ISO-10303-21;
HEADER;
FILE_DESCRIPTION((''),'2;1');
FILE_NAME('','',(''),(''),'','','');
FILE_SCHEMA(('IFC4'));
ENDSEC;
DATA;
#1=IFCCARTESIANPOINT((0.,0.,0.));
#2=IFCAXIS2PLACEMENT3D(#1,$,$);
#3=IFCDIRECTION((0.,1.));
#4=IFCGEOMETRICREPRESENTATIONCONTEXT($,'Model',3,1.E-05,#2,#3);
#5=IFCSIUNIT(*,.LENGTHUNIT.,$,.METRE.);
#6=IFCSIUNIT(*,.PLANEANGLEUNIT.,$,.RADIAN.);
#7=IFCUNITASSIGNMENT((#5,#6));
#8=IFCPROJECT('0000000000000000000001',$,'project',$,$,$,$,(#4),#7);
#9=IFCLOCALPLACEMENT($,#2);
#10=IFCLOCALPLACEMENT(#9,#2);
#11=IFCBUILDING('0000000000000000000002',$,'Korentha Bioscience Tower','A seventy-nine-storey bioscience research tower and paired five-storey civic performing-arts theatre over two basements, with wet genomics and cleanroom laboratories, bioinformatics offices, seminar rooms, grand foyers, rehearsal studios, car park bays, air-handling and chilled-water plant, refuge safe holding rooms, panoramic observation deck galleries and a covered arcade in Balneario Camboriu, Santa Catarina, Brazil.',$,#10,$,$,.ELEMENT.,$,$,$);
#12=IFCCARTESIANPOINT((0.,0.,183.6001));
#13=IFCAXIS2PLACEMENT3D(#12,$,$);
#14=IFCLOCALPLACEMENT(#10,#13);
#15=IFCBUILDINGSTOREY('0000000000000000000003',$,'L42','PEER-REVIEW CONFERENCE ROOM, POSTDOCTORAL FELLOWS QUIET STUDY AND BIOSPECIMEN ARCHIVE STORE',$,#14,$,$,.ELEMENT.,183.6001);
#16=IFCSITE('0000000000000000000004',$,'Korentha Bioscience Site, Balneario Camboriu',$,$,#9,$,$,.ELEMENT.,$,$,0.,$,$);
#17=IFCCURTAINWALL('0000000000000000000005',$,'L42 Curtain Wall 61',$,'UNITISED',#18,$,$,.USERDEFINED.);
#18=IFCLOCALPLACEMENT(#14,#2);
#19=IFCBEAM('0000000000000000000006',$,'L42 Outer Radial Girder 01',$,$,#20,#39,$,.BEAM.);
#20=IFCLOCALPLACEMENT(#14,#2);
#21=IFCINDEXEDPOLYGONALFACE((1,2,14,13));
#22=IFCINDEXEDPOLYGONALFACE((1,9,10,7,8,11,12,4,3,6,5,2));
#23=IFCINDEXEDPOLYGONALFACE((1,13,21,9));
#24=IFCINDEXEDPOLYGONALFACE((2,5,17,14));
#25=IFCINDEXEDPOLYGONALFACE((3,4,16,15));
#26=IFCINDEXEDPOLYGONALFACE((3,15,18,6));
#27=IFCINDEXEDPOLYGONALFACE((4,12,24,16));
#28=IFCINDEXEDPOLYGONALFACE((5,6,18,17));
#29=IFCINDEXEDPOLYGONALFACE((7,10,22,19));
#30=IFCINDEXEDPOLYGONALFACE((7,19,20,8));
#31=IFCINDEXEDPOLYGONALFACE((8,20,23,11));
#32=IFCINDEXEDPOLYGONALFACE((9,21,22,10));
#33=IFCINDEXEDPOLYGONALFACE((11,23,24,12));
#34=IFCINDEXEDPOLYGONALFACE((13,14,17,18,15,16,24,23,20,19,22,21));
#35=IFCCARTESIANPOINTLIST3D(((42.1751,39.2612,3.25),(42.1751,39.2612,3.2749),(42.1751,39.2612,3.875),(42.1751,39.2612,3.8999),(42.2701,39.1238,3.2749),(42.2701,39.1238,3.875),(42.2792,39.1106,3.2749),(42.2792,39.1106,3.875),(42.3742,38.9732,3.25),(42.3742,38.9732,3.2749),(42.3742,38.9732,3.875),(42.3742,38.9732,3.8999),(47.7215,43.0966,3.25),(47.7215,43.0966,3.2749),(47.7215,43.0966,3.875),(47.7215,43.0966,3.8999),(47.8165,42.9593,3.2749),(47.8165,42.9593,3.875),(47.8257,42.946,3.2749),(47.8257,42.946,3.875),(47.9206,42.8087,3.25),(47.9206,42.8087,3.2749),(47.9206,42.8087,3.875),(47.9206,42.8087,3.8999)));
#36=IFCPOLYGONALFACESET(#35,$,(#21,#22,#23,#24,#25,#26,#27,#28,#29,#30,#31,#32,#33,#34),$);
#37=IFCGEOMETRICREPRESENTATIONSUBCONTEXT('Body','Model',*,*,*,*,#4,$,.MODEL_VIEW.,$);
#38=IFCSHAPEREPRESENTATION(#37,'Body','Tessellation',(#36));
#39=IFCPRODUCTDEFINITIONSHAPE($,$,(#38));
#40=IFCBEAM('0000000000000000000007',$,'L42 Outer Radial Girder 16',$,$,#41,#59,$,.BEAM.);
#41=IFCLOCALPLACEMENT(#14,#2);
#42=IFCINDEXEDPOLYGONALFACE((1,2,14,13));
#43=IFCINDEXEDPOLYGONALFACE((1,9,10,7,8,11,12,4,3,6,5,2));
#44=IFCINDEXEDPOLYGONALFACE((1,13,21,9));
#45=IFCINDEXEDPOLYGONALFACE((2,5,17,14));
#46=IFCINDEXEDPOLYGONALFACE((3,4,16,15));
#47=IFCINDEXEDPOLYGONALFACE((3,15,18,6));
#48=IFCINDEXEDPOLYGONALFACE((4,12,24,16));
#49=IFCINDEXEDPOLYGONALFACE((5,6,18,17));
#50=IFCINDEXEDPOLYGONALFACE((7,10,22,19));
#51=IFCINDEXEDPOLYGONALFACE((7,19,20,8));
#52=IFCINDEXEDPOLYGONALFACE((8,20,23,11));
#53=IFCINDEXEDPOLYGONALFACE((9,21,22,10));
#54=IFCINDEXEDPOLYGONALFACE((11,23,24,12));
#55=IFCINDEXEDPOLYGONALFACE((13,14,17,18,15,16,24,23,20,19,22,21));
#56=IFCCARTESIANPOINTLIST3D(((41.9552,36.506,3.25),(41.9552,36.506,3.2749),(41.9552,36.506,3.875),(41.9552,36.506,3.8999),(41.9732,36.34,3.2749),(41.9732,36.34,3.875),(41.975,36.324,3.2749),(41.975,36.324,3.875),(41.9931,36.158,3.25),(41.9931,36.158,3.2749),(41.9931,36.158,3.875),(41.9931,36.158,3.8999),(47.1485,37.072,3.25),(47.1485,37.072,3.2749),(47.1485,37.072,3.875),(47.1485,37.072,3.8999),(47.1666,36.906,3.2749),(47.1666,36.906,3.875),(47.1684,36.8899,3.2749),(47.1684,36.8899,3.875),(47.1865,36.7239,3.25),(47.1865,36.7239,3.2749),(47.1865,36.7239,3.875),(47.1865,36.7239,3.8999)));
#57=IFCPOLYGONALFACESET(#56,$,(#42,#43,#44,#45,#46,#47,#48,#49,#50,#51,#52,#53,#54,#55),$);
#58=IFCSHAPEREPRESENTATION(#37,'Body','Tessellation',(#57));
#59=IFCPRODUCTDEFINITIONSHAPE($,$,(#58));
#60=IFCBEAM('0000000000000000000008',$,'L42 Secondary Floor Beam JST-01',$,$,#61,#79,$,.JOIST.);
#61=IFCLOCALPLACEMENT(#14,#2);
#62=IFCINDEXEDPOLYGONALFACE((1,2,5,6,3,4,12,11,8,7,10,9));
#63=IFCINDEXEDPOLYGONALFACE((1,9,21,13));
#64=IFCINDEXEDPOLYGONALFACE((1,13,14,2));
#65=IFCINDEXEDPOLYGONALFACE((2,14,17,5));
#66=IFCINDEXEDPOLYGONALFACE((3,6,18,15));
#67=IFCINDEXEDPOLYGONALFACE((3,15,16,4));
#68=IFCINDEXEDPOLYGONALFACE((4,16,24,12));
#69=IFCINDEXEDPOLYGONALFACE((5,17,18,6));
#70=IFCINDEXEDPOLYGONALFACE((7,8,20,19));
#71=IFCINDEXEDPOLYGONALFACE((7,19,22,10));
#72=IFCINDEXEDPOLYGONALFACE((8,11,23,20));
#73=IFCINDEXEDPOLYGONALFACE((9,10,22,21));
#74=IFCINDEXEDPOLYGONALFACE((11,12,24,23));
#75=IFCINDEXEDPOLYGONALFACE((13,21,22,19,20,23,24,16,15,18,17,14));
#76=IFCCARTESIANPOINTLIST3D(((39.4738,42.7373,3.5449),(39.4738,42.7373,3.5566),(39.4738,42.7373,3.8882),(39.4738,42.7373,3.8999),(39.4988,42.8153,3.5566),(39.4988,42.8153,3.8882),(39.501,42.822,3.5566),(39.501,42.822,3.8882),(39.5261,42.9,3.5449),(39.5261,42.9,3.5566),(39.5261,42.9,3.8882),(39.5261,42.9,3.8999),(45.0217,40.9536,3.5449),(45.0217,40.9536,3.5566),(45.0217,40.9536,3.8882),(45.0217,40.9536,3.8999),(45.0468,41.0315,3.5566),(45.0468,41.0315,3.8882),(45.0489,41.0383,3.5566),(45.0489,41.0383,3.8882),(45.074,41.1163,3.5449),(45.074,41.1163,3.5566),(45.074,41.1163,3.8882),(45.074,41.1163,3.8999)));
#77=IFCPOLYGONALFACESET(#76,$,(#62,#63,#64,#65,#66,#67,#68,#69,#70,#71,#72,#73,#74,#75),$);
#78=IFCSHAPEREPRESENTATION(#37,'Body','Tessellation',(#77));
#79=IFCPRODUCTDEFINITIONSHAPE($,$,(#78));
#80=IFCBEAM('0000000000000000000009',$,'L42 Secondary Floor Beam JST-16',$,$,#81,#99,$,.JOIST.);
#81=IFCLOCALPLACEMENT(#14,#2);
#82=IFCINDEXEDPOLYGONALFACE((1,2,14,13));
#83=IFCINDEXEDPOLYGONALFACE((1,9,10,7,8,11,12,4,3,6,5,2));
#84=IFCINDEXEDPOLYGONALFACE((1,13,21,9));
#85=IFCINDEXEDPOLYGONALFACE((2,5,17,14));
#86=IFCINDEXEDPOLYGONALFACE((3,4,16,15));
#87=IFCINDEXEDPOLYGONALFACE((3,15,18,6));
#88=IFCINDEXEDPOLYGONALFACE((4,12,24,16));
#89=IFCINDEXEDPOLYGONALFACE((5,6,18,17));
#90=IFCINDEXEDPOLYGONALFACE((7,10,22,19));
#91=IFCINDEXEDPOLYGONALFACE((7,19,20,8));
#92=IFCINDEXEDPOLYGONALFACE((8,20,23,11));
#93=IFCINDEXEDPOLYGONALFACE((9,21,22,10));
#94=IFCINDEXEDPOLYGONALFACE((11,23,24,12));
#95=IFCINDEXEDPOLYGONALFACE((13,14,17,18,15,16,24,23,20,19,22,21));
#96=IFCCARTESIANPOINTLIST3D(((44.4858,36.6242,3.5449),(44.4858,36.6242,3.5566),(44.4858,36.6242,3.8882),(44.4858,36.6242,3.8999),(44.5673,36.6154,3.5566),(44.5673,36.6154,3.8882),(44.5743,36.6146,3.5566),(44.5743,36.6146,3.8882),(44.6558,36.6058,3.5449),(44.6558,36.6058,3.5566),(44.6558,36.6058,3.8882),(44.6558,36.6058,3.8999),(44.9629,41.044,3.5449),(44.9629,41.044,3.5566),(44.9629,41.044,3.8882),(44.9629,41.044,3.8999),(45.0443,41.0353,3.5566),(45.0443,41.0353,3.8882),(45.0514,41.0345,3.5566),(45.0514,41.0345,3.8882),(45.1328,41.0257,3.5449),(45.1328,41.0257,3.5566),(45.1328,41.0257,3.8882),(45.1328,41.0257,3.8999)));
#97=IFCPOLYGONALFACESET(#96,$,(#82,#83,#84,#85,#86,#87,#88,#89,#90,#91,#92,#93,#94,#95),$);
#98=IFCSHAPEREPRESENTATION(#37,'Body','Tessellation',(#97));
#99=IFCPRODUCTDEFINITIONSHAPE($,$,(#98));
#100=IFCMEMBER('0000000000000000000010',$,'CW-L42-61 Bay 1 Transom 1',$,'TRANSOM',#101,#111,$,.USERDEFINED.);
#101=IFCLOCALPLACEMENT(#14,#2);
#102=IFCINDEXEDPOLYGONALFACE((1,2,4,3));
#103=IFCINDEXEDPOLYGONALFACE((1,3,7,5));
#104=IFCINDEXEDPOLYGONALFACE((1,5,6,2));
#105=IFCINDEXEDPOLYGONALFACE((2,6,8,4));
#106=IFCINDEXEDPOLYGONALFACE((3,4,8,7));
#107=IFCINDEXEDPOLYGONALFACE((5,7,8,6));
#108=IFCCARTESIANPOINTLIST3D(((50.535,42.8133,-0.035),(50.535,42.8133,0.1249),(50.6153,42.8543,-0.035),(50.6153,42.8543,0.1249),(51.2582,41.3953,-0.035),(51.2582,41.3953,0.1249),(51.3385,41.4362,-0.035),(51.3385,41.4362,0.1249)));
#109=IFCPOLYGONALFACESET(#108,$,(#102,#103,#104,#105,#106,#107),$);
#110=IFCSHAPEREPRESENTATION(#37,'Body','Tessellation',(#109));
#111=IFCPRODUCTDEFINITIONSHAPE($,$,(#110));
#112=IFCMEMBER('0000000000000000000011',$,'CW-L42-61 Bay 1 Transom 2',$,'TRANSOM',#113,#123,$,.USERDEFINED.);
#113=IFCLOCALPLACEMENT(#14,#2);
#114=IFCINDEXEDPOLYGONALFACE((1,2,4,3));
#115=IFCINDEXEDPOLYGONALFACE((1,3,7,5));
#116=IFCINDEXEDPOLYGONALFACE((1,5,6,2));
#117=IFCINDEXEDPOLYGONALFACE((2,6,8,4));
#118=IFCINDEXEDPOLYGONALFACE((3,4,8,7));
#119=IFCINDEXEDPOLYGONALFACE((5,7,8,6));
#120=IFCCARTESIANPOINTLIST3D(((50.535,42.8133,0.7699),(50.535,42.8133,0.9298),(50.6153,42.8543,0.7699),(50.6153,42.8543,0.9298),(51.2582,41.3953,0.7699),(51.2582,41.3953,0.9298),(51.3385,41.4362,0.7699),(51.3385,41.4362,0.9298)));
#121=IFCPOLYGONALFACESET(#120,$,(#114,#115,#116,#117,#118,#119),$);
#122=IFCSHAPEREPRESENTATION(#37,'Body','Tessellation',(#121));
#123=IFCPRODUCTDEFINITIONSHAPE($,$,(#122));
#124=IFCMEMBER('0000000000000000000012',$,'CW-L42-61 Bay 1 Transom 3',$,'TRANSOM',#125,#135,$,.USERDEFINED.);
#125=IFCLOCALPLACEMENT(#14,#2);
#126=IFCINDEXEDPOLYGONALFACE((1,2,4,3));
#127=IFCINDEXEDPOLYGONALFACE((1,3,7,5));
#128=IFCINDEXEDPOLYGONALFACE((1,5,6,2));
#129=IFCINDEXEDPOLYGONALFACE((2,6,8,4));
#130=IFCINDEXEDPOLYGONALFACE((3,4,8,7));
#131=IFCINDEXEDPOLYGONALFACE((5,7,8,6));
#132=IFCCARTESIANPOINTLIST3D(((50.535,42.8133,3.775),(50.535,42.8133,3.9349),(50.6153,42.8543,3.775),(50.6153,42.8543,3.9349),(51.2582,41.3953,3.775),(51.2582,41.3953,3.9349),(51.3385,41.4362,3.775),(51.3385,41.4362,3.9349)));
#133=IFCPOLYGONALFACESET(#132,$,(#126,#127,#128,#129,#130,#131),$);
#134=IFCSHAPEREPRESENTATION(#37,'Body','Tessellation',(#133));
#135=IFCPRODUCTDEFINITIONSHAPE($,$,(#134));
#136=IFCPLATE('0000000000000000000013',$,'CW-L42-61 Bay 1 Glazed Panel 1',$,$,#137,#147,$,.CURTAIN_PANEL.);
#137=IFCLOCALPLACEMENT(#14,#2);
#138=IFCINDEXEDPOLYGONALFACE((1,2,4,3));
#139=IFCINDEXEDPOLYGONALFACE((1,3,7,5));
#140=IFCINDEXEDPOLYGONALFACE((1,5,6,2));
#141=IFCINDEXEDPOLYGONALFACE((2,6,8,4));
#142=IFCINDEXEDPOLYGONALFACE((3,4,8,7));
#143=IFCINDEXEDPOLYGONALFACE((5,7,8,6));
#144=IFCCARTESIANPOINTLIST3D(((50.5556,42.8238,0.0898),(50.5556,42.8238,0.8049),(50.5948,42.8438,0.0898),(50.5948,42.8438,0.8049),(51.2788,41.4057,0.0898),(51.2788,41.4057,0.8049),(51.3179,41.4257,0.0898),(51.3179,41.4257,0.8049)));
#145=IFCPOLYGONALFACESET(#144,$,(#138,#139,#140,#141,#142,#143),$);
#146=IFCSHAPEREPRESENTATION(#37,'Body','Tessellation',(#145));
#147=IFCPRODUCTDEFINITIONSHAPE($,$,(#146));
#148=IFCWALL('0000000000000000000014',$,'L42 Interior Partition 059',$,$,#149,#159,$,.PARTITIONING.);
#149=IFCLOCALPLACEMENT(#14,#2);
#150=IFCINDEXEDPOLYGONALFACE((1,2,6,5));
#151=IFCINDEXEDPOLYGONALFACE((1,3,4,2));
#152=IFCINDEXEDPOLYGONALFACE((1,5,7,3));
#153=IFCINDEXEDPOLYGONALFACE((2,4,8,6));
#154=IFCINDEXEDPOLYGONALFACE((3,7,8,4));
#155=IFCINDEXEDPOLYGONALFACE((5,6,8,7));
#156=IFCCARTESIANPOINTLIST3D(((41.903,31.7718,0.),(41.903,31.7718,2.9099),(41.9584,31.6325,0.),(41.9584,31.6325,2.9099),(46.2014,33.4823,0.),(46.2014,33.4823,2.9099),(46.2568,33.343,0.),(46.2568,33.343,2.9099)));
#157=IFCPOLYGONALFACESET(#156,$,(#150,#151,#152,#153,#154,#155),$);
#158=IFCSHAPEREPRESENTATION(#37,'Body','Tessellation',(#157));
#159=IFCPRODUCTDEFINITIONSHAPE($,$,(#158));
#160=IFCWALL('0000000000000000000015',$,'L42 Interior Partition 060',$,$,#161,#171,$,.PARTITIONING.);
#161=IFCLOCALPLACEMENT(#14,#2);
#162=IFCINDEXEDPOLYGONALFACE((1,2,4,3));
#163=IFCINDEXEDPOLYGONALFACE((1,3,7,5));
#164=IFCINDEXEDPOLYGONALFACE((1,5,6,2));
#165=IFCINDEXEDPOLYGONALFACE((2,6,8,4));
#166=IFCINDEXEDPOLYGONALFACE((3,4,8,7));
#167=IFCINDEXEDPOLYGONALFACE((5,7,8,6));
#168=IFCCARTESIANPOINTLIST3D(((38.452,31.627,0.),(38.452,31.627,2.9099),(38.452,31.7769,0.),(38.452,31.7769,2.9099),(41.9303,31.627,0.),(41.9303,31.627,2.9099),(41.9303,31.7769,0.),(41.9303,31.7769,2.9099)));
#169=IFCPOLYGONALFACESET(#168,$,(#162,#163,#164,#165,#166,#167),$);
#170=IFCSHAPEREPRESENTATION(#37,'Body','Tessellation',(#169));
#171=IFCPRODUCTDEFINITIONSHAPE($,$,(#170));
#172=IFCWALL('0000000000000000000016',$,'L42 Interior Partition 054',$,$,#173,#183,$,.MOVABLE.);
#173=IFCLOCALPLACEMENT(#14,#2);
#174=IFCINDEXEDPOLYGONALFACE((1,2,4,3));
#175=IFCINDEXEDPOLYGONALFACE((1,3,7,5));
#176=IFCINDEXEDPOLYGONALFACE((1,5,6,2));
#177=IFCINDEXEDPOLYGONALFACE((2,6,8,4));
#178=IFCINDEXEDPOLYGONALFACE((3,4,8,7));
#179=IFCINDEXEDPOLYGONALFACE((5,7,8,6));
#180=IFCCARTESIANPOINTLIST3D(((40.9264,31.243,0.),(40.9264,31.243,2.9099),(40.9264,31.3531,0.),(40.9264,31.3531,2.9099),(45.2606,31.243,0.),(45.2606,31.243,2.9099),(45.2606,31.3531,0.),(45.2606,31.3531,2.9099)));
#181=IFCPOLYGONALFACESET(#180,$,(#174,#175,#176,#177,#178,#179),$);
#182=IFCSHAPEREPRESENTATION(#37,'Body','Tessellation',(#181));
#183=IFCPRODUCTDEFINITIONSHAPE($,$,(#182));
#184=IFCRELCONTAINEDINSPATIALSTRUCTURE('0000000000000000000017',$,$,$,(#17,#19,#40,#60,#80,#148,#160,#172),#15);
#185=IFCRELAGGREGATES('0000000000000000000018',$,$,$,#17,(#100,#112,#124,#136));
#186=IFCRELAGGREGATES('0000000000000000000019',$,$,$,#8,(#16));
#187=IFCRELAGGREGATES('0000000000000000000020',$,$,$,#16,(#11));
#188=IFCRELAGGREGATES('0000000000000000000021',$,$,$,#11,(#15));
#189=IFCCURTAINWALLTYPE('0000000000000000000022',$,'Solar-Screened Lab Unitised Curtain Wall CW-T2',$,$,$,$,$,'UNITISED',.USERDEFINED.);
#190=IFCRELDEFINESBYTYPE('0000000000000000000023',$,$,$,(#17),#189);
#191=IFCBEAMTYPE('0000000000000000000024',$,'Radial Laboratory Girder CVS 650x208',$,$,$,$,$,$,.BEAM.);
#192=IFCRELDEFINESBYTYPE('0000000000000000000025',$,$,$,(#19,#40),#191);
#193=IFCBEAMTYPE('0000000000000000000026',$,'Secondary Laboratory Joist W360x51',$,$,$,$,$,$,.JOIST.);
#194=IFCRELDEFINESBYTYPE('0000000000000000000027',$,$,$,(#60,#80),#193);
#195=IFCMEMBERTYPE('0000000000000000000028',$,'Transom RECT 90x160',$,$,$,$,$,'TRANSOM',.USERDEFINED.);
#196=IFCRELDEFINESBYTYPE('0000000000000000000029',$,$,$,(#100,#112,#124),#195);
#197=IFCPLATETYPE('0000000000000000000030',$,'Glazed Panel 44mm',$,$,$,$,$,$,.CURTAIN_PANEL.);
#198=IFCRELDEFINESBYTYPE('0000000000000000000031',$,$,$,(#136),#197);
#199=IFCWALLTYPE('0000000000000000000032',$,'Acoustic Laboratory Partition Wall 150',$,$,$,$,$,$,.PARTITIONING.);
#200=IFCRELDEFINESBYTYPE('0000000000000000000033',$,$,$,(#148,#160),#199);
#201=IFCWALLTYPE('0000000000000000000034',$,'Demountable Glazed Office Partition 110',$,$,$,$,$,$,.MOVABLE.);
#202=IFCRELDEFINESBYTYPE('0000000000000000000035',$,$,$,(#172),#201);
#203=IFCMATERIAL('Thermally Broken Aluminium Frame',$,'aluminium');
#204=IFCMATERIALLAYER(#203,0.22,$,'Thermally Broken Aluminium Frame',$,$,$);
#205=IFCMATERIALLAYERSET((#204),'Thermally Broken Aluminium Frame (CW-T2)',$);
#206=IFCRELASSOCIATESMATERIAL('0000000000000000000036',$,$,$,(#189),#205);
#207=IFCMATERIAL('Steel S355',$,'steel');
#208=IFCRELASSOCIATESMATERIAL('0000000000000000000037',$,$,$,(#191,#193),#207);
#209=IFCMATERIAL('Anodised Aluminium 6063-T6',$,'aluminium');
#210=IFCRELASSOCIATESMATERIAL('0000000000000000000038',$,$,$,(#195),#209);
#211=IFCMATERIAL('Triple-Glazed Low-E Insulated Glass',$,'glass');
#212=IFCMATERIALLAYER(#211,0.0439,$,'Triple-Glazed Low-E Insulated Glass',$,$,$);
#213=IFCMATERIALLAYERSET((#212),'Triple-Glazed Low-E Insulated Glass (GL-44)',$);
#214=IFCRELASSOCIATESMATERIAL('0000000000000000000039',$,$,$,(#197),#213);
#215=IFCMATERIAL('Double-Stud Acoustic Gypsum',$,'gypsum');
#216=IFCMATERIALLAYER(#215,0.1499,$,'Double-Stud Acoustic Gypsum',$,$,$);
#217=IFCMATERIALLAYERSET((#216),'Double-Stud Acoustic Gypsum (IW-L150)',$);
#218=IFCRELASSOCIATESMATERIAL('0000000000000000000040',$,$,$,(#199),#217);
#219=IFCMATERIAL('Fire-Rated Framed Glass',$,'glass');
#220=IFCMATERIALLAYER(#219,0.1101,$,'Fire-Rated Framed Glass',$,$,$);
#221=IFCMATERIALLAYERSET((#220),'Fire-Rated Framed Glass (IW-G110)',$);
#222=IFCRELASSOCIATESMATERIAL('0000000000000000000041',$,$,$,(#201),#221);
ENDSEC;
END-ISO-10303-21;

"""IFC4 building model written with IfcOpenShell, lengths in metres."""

from ifc_helpers import new_model, si_unit, direction, frame, frame_2d, origin, origin_2d, place, context, subcontext, project, spatial, rectangle, i_section, extrude, material, layer, layer_set, material_profile, profile_set, type_object, element, aggregate, save


model = new_model("IFC4")

# Units and contexts
model_context = context("Model", 3, precision=1e-05, world=origin(), true_north=direction((0.0, 1.0)))
body_context = subcontext(model_context, "Body", "Model", "MODEL_VIEW")
ifc_project = project(units=[si_unit("LENGTHUNIT", "METRE"), si_unit("PLANEANGLEUNIT", "RADIAN")], contexts=[model_context])

# Site, building, storey
site_placement = place(None, origin())
site = spatial("IfcSite", under=ifc_project, at=site_placement, Name="Korentha Bioscience Site, Balneario Camboriu", CompositionType="ELEMENT", RefElevation=0.0)
building_placement = place(site_placement, origin())
building = spatial("IfcBuilding", under=site, at=building_placement, Name="Korentha Bioscience Tower", Description="A seventy-nine-storey bioscience research tower and paired five-storey civic performing-arts theatre over two basements, with wet genomics and cleanroom laboratories, bioinformatics offices, seminar rooms, grand foyers, rehearsal studios, car park bays, air-handling and chilled-water plant, refuge safe holding rooms, panoramic observation deck galleries and a covered arcade in Balneario Camboriu, Santa Catarina, Brazil.", CompositionType="ELEMENT")
storey_placement = place(building_placement, frame((0.0, 0.0, 183.6001)))
storey = spatial("IfcBuildingStorey", under=building, at=storey_placement, Name="L42", Description="PEER-REVIEW CONFERENCE ROOM, POSTDOCTORAL FELLOWS QUIET STUDY AND BIOSPECIMEN ARCHIVE STORE", CompositionType="ELEMENT", Elevation=183.6001)

# Shared definitions
ifc_material_1 = material(Name="Steel S355", Category="steel")

# Curtain wall
ifc_material_2 = material(Name="Thermally Broken Aluminium Frame", Category="aluminium")
ifc_layer_1 = layer(ifc_material_2, 0.22, Name="Thermally Broken Aluminium Frame")
ifc_layer_set_1 = layer_set([ifc_layer_1], Name="Thermally Broken Aluminium Frame (CW-T2)")
curtain_wall_type = type_object("IfcCurtainWallType", Name="Solar-Screened Lab Unitised Curtain Wall CW-T2", ElementType="UNITISED", PredefinedType="USERDEFINED", material=ifc_layer_set_1)
curtain_wall_placement = place(storey_placement, origin())
curtain_wall = element("IfcCurtainWall", 1, at=curtain_wall_placement, inside=storey, type_object=curtain_wall_type, Name="L42 Curtain Wall 61", ObjectType="UNITISED", PredefinedType="USERDEFINED")
ifc_material_3 = material(Name="Anodised Aluminium 6063-T6", Category="aluminium")

# Beams
ifc_material_profile_1 = material_profile(ifc_material_1, i_section(OverallWidth=0.3501, OverallDepth=0.6499, WebThickness=0.0161, FlangeThickness=0.0249, at=origin_2d()), Name="Steel S355")
ifc_profile_set_1 = profile_set([ifc_material_profile_1], Name="Steel S355 (RB-650)")
beam_type_1 = type_object("IfcBeamType", Name="Radial Laboratory Girder CVS 650x208", PredefinedType="BEAM", material=ifc_profile_set_1)
beam_1_placement = place(storey_placement, frame((42.2747, 39.1172, 3.575), z_axis=(0.822494, 0.568773, 0.0), x_axis=(-0.568773, 0.822494, 0.0)))
element("IfcBeam", 2, at=beam_1_placement, inside=storey, type_object=beam_type_1, Name="L42 Outer Radial Girder 01", PredefinedType="BEAM", context=body_context, shape_type="SweptSolid", body=[
    extrude(i_section(OverallWidth=0.3501, OverallDepth=0.6499, WebThickness=0.0161, FlangeThickness=0.0249, at=origin_2d()), origin(), (0.0, 0.0, 1.0), 6.7434),
])
beam_2_placement = place(storey_placement, frame((41.9741, 36.332, 3.575), z_axis=(0.994115, 0.108328, 0.0), x_axis=(-0.108328, 0.994115, 0.0)))
element("IfcBeam", 3, at=beam_2_placement, inside=storey, type_object=beam_type_1, Name="L42 Outer Radial Girder 16", PredefinedType="BEAM", context=body_context, shape_type="SweptSolid", body=[
    extrude(i_section(OverallWidth=0.3501, OverallDepth=0.6499, WebThickness=0.0161, FlangeThickness=0.0249, at=origin_2d()), origin(), (0.0, 0.0, 1.0), 5.2241),
])
ifc_material_profile_2 = material_profile(ifc_material_1, i_section(OverallWidth=0.1709, OverallDepth=0.355, WebThickness=0.0071, FlangeThickness=0.0117, at=origin_2d()), Name="Steel S355")
ifc_profile_set_2 = profile_set([ifc_material_profile_2], Name="Steel S355 (JB-360)")
beam_type_2 = type_object("IfcBeamType", Name="Secondary Laboratory Joist W360x51", PredefinedType="JOIST", material=ifc_profile_set_2)
beam_3_placement = place(storey_placement, frame((45.0479, 41.0349, 3.7224), z_axis=(-0.952006, 0.30608, 0.0), x_axis=(-0.30608, -0.952006, 0.0)))
element("IfcBeam", 4, at=beam_3_placement, inside=storey, type_object=beam_type_2, Name="L42 Secondary Floor Beam JST-01", PredefinedType="JOIST", context=body_context, shape_type="SweptSolid", body=[
    extrude(i_section(OverallWidth=0.1709, OverallDepth=0.355, WebThickness=0.0071, FlangeThickness=0.0117, at=origin_2d()), origin(), (0.0, 0.0, 1.0), 5.8276),
])
beam_4_placement = place(storey_placement, frame((44.5708, 36.615, 3.7224), z_axis=(0.107309, 0.994226, 0.0), x_axis=(-0.994226, 0.107309, 0.0)))
element("IfcBeam", 5, at=beam_4_placement, inside=storey, type_object=beam_type_2, Name="L42 Secondary Floor Beam JST-16", PredefinedType="JOIST", context=body_context, shape_type="SweptSolid", body=[
    extrude(i_section(OverallWidth=0.1709, OverallDepth=0.355, WebThickness=0.0071, FlangeThickness=0.0117, at=origin_2d()), origin(), (0.0, 0.0, 1.0), 4.4456),
])

# Members
ifc_material_profile_3 = material_profile(ifc_material_3, rectangle(XDim=0.0901, YDim=0.1599, at=origin_2d()), Name="Anodised Aluminium 6063-T6")
ifc_profile_set_3 = profile_set([ifc_material_profile_3], Name="Anodised Aluminium 6063-T6 (CW-TRN)")
member_type_1 = type_object("IfcMemberType", Name="Transom RECT 90x160", ElementType="TRANSOM", PredefinedType="USERDEFINED", material=ifc_profile_set_3)
member_1_placement = place(storey_placement, frame((51.2983, 41.4158, 0.0449), z_axis=(-0.454316, 0.89084, 0.0), x_axis=(-0.89084, -0.454316, 0.0)))
member_1 = element("IfcMember", 6, at=member_1_placement, type_object=member_type_1, Name="CW-L42-61 Bay 1 Transom 1", ObjectType="TRANSOM", PredefinedType="USERDEFINED", context=body_context, shape_type="SweptSolid", body=[
    extrude(rectangle(XDim=0.0901, YDim=0.1599, at=origin_2d()), origin(), (0.0, 0.0, 1.0), 1.5918),
])
member_2_placement = place(storey_placement, frame((51.2983, 41.4158, 0.8499), z_axis=(-0.454316, 0.89084, 0.0), x_axis=(-0.89084, -0.454316, 0.0)))
member_2 = element("IfcMember", 7, at=member_2_placement, type_object=member_type_1, Name="CW-L42-61 Bay 1 Transom 2", ObjectType="TRANSOM", PredefinedType="USERDEFINED", context=body_context, shape_type="SweptSolid", body=[
    extrude(rectangle(XDim=0.0901, YDim=0.1599, at=origin_2d()), origin(), (0.0, 0.0, 1.0), 1.5918),
])
member_3_placement = place(storey_placement, frame((51.2983, 41.4158, 3.855), z_axis=(-0.454316, 0.89084, 0.0), x_axis=(-0.89084, -0.454316, 0.0)))
member_3 = element("IfcMember", 8, at=member_3_placement, type_object=member_type_1, Name="CW-L42-61 Bay 1 Transom 3", ObjectType="TRANSOM", PredefinedType="USERDEFINED", context=body_context, shape_type="SweptSolid", body=[
    extrude(rectangle(XDim=0.0901, YDim=0.1599, at=origin_2d()), origin(), (0.0, 0.0, 1.0), 1.5918),
])

# Plate
ifc_material_4 = material(Name="Triple-Glazed Low-E Insulated Glass", Category="glass")
ifc_layer_2 = layer(ifc_material_4, 0.0439, Name="Triple-Glazed Low-E Insulated Glass")
ifc_layer_set_2 = layer_set([ifc_layer_2], Name="Triple-Glazed Low-E Insulated Glass (GL-44)")
plate_type = type_object("IfcPlateType", Name="Glazed Panel 44mm", PredefinedType="CURTAIN_PANEL", material=ifc_layer_set_2)
plate_placement = place(storey_placement, frame((50.9368, 42.1248, 0.0898), z_axis=(0.0, 0.0, 1.0), x_axis=(-0.454288, 0.890855, 0.0)))
plate = element("IfcPlate", 9, at=plate_placement, type_object=plate_type, Name="CW-L42-61 Bay 1 Glazed Panel 1", PredefinedType="CURTAIN_PANEL", context=body_context, shape_type="SweptSolid", body=[
    extrude(rectangle(XDim=1.5918, YDim=0.0439, at=origin_2d()), origin(), (0.0, 0.0, 1.0), 0.7151),
])
aggregate(curtain_wall, [member_1, member_2, member_3, plate])

# Walls
ifc_material_5 = material(Name="Double-Stud Acoustic Gypsum", Category="gypsum")
ifc_layer_3 = layer(ifc_material_5, 0.1499, Name="Double-Stud Acoustic Gypsum")
ifc_layer_set_3 = layer_set([ifc_layer_3], Name="Double-Stud Acoustic Gypsum (IW-L150)")
wall_type_1 = type_object("IfcWallType", Name="Acoustic Laboratory Partition Wall 150", PredefinedType="PARTITIONING", material=ifc_layer_set_3)
wall_1_placement = place(storey_placement, frame((46.229, 33.4126, 0.0), z_axis=(0.0, 0.0, 1.0), x_axis=(-0.929138, -0.369734, 0.0)))
element("IfcWall", 10, at=wall_1_placement, inside=storey, type_object=wall_type_1, Name="L42 Interior Partition 059", PredefinedType="PARTITIONING", context=body_context, shape_type="SweptSolid", body=[
    extrude(rectangle(XDim=4.6262, YDim=0.1499, at=frame_2d((2.313, 0.0))), origin(), (0.0, 0.0, 1.0), 2.9099),
])
wall_2_placement = place(storey_placement, frame((41.9304, 31.7019, 0.0), z_axis=(0.0, 0.0, 1.0), x_axis=(-1.0, 0.0, 0.0)))
element("IfcWall", 11, at=wall_2_placement, inside=storey, type_object=wall_type_1, Name="L42 Interior Partition 060", PredefinedType="PARTITIONING", context=body_context, shape_type="SweptSolid", body=[
    extrude(rectangle(XDim=3.4783, YDim=0.1499, at=frame_2d((1.7393, 0.0))), origin(), (0.0, 0.0, 1.0), 2.9099),
])
ifc_material_6 = material(Name="Fire-Rated Framed Glass", Category="glass")
ifc_layer_4 = layer(ifc_material_6, 0.1101, Name="Fire-Rated Framed Glass")
ifc_layer_set_4 = layer_set([ifc_layer_4], Name="Fire-Rated Framed Glass (IW-G110)")
wall_type_2 = type_object("IfcWallType", Name="Demountable Glazed Office Partition 110", PredefinedType="MOVABLE", material=ifc_layer_set_4)
wall_3_placement = place(storey_placement, frame((40.9265, 31.2981, 0.0), z_axis=(0.0, 0.0, 1.0), x_axis=(1.0, 0.0, 0.0)))
element("IfcWall", 12, at=wall_3_placement, inside=storey, type_object=wall_type_2, Name="L42 Interior Partition 054", PredefinedType="MOVABLE", context=body_context, shape_type="SweptSolid", body=[
    extrude(rectangle(XDim=4.3342, YDim=0.1101, at=frame_2d((2.167, 0.0))), origin(), (0.0, 0.0, 1.0), 2.9099),
])

save(model, "model.ifc")
